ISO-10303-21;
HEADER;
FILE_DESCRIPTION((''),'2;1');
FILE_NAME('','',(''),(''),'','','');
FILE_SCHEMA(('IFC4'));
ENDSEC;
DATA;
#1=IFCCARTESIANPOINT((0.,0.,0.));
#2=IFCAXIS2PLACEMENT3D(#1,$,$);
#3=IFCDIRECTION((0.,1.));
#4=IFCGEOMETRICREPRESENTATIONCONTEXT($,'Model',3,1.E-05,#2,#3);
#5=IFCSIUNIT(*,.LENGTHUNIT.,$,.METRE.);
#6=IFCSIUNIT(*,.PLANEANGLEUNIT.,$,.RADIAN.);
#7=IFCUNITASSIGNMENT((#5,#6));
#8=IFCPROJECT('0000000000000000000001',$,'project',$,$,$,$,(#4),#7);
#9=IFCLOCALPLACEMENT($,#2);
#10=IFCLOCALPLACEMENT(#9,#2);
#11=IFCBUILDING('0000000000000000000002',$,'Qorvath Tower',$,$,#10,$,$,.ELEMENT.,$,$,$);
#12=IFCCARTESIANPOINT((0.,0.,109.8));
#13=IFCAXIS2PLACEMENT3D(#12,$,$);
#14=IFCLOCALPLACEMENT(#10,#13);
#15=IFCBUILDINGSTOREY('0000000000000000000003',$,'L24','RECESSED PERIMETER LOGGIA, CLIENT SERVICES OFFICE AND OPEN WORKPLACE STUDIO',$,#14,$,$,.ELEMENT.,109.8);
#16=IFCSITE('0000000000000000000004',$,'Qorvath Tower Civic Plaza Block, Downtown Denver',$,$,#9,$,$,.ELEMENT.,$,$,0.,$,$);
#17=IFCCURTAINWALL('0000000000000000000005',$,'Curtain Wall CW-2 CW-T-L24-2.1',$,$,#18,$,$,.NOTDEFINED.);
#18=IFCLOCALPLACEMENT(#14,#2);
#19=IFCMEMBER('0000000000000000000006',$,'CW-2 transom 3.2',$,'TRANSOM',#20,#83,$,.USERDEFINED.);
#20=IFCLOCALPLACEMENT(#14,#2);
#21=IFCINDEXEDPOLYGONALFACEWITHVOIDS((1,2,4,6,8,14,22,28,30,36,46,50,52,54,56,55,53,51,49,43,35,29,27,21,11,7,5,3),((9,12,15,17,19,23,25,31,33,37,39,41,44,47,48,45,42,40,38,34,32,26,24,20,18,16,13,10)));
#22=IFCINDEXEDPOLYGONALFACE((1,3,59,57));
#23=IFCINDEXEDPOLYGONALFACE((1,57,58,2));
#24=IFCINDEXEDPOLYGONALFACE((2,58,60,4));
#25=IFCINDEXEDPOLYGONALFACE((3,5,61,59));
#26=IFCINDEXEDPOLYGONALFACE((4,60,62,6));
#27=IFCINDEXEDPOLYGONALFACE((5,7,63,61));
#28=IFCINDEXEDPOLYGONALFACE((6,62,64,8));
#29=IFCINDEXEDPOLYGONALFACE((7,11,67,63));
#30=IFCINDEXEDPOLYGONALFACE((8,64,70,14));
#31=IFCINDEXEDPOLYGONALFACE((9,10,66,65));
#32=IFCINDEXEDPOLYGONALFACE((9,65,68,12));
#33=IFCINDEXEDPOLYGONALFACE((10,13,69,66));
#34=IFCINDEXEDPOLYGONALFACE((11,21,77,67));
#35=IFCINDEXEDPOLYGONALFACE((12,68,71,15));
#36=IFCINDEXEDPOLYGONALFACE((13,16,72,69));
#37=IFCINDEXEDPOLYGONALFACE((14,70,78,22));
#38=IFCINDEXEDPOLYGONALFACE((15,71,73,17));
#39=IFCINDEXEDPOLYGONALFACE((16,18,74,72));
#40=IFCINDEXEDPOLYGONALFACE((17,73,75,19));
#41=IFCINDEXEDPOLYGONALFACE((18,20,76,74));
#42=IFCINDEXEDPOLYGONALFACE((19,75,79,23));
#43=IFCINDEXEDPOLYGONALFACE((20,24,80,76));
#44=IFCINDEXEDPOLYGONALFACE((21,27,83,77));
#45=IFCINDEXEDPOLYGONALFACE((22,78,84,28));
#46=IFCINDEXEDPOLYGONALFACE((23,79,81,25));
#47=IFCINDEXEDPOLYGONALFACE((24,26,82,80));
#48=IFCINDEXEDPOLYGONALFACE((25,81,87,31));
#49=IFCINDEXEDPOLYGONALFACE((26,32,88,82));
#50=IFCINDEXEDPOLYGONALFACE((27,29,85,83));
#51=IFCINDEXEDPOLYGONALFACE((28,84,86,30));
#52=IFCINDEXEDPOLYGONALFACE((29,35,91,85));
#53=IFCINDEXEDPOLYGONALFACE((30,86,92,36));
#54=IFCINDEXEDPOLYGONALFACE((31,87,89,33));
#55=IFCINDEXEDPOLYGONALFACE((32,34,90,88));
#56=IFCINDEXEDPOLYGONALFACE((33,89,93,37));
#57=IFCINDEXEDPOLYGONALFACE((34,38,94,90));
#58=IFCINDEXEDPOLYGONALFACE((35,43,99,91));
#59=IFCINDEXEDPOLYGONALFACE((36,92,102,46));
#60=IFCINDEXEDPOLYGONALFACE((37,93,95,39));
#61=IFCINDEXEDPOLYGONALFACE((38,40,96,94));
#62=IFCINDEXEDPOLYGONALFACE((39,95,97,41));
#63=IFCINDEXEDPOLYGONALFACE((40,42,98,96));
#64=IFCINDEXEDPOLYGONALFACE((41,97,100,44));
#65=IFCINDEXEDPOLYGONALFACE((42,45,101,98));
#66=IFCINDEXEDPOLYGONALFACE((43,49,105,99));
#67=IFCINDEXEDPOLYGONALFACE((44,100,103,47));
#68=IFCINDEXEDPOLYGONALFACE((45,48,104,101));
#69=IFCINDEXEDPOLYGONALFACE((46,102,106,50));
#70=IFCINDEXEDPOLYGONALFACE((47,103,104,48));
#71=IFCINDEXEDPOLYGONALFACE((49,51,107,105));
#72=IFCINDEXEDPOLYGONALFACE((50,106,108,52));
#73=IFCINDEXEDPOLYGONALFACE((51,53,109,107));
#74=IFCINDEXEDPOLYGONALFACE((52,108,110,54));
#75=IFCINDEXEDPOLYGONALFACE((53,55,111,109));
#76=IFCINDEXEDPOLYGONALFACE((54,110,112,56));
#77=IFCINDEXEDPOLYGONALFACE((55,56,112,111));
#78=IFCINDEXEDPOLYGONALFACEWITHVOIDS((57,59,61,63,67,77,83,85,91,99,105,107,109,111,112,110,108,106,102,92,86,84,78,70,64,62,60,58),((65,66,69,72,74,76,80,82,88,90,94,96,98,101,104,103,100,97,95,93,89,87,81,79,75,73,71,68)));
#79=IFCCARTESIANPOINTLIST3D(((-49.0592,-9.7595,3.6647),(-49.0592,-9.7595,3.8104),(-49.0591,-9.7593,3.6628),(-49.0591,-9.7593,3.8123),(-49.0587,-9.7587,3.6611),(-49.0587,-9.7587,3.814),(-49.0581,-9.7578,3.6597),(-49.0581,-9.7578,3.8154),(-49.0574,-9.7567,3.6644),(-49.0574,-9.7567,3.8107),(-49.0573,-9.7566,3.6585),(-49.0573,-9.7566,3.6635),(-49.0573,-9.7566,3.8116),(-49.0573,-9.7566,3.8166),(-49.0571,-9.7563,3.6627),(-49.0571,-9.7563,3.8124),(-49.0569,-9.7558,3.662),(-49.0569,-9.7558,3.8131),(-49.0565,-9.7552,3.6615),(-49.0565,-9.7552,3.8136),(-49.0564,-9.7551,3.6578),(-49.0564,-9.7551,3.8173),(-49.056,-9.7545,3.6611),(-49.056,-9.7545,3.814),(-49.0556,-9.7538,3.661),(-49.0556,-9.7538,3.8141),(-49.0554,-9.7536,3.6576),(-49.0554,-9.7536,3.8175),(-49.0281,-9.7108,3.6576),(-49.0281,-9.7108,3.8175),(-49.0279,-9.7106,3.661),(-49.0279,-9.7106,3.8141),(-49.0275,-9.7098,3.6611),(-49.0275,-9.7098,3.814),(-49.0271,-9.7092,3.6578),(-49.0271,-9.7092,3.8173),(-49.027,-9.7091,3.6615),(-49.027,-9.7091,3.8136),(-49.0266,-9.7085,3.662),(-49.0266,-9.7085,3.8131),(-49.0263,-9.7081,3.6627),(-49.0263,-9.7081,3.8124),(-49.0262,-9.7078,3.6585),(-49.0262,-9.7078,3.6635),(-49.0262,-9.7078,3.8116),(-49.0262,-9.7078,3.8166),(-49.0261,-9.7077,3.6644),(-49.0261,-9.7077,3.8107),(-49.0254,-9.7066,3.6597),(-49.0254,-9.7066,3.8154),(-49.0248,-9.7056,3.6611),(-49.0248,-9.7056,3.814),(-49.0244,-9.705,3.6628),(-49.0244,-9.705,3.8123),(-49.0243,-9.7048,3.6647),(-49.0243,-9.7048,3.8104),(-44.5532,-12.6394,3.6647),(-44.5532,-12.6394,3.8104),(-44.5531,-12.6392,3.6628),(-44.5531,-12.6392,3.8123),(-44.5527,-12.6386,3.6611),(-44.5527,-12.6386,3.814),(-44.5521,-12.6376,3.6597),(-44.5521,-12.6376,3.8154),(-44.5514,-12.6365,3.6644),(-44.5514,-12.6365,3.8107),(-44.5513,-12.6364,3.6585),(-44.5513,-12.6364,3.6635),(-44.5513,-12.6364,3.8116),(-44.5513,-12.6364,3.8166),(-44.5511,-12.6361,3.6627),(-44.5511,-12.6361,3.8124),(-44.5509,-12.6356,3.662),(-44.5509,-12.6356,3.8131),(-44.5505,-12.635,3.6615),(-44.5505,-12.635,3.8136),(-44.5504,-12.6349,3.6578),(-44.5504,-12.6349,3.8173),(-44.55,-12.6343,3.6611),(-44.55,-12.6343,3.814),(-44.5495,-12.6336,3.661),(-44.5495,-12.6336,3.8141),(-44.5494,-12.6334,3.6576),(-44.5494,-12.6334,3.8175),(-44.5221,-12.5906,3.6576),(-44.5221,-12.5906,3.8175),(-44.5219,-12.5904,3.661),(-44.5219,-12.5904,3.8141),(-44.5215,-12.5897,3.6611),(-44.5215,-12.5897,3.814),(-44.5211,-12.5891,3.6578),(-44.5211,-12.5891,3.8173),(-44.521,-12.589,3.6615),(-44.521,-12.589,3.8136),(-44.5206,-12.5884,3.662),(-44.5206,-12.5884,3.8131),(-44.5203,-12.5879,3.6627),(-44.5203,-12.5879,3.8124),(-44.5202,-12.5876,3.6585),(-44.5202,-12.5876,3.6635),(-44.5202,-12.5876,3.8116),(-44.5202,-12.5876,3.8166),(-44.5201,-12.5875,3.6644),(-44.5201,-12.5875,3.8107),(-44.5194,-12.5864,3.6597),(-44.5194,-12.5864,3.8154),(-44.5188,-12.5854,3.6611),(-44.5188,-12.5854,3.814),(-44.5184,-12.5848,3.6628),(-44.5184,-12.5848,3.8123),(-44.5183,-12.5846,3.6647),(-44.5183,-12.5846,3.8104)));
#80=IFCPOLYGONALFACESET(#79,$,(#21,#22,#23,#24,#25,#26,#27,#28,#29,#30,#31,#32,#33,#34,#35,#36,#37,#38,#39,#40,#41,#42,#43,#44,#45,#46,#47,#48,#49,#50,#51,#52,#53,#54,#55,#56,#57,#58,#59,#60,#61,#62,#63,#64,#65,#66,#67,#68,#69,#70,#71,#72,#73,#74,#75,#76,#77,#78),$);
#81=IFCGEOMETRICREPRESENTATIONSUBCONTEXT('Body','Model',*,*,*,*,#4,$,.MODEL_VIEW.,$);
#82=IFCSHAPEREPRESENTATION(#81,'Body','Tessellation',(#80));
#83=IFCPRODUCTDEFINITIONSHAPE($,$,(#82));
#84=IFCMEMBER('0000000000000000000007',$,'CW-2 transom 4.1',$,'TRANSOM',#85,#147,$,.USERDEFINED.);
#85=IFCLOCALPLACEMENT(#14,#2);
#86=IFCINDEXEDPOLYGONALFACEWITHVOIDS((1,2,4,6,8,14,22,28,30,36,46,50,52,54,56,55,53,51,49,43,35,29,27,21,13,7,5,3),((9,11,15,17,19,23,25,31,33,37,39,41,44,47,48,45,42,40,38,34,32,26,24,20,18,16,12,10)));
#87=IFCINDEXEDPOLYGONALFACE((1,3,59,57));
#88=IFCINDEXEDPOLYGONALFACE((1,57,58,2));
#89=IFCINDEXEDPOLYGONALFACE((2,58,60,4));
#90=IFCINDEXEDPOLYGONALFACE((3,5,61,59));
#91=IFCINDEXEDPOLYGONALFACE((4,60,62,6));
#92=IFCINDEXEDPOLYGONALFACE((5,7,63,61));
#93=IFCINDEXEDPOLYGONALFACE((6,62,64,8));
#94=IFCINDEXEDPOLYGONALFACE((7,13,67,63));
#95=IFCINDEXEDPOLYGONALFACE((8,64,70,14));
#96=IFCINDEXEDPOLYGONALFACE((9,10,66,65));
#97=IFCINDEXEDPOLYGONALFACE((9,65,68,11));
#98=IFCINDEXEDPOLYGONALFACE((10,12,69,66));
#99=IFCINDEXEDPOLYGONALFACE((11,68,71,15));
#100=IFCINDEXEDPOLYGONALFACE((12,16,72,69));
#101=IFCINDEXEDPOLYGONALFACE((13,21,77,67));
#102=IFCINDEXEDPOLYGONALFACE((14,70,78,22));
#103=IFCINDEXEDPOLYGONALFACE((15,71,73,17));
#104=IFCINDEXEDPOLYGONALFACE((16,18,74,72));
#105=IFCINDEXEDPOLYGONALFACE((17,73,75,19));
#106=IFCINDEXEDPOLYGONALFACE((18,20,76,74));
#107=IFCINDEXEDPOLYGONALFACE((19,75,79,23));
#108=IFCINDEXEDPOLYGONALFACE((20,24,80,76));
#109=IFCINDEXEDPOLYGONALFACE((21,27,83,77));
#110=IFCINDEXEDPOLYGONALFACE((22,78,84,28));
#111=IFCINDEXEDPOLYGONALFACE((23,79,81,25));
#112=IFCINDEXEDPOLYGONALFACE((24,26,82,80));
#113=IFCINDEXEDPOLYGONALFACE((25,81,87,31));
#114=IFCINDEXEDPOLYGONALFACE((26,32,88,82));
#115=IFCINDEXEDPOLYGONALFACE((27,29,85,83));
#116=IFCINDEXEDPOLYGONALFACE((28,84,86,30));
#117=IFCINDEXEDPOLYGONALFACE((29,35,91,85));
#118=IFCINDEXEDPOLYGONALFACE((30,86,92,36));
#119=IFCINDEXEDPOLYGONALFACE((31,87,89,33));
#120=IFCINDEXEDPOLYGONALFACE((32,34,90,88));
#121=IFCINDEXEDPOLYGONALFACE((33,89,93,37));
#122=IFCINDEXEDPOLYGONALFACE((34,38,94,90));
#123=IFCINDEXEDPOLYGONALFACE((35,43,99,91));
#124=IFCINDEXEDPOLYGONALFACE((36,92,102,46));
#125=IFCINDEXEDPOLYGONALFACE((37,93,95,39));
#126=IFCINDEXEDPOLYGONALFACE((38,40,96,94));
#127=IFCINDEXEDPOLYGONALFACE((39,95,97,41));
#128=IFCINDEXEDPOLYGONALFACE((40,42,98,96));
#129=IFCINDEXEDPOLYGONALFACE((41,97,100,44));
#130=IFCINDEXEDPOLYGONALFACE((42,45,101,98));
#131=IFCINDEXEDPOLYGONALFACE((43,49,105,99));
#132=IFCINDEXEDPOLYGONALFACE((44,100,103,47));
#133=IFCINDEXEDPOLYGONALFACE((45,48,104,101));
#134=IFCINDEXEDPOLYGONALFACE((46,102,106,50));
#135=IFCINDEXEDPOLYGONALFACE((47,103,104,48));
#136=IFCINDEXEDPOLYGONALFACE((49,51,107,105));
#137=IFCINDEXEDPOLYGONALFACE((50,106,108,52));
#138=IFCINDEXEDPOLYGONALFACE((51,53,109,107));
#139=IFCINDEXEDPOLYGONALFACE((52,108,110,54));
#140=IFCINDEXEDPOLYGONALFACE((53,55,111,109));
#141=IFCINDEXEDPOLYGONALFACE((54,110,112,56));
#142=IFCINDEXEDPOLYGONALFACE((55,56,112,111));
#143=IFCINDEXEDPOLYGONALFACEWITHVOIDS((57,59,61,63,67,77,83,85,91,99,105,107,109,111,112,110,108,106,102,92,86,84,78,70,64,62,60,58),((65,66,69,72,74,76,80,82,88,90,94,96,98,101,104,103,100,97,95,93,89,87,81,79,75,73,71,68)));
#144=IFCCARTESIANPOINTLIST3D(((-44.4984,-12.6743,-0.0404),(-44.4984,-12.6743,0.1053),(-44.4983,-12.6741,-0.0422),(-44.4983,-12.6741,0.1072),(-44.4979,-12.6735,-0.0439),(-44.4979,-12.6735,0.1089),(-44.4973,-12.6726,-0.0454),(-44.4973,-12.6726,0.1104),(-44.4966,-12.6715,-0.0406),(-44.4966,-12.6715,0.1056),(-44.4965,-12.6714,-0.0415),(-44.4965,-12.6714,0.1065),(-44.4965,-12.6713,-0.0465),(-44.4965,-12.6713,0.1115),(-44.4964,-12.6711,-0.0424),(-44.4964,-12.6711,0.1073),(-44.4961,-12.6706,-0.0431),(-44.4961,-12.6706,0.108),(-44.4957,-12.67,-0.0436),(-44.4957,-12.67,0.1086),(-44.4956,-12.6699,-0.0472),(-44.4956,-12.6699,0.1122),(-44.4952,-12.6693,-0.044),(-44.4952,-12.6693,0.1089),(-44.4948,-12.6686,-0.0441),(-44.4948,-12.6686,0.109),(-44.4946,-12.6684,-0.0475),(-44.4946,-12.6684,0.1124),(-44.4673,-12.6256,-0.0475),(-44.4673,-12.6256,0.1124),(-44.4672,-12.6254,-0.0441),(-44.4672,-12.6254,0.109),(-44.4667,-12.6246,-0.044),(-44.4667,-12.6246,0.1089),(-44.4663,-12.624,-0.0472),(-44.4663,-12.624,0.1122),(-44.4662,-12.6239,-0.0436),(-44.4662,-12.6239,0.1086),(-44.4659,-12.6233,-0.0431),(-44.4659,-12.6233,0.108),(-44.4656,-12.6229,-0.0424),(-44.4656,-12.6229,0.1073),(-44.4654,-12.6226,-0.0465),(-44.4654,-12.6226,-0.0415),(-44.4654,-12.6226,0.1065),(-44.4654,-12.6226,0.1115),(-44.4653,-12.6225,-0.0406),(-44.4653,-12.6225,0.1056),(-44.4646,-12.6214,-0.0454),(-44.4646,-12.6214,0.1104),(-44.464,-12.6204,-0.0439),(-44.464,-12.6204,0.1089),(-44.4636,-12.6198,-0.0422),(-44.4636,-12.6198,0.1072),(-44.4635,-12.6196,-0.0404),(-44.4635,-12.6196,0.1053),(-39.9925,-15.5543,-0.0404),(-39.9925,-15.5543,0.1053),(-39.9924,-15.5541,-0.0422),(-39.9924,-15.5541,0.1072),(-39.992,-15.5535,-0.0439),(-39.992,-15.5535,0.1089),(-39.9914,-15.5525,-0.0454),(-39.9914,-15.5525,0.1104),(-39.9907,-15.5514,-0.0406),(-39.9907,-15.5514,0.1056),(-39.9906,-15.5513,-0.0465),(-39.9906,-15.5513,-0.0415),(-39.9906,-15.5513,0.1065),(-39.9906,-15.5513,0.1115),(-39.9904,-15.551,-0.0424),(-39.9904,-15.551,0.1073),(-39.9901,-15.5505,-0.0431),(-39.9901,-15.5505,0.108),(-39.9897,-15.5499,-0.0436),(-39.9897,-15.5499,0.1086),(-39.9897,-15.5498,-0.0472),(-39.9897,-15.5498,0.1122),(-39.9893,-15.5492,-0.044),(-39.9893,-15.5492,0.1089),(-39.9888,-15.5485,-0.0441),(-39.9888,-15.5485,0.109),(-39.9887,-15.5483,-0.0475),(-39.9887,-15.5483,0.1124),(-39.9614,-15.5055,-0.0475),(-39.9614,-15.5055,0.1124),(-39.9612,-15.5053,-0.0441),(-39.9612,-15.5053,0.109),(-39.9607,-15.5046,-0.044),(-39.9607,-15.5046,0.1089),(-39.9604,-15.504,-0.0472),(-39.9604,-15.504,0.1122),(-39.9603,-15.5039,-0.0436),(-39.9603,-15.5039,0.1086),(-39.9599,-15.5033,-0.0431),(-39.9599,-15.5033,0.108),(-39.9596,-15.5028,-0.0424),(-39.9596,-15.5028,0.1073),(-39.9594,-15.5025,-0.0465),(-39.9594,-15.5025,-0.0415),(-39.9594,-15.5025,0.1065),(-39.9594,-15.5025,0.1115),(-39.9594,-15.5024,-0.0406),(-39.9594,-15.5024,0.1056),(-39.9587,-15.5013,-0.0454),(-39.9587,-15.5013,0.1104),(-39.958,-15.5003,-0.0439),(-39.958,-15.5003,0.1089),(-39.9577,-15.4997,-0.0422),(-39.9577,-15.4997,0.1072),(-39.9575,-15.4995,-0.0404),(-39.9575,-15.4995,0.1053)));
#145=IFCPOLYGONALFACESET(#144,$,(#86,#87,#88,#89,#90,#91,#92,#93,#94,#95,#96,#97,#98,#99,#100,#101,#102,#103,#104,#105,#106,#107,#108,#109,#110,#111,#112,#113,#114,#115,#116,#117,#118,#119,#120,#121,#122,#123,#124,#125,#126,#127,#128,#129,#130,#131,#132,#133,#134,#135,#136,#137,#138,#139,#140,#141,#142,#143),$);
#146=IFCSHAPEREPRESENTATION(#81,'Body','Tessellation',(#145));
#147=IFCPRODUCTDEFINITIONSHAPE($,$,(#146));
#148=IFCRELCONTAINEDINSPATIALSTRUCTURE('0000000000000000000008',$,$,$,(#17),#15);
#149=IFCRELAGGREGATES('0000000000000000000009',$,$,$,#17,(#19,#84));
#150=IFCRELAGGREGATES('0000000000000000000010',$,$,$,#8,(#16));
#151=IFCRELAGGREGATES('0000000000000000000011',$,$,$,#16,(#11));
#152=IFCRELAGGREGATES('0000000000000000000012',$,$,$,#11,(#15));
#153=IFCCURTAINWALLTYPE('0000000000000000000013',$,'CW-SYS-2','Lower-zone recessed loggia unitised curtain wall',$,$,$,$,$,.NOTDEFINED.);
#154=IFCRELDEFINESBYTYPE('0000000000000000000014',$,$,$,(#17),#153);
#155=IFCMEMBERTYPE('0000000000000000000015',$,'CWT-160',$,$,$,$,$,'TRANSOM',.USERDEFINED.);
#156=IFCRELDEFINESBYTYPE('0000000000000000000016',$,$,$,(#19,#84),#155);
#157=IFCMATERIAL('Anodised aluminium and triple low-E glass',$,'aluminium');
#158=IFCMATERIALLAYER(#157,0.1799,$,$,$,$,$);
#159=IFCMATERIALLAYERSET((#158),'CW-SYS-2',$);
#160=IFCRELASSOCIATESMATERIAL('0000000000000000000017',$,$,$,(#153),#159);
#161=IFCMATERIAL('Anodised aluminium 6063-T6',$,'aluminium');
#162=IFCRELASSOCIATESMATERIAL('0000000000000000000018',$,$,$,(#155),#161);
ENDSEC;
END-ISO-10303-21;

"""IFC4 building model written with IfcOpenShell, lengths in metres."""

from ifc_helpers import new_model, si_unit, direction, frame, origin, origin_2d, place, context, subcontext, project, spatial, hollow_rectangle, extrude, material, layer, layer_set, material_profile, profile_set, type_object, element, aggregate, save


model = new_model("IFC4")

# Units and contexts
model_context = context("Model", 3, precision=1e-05, world=origin(), true_north=direction((0.0, 1.0)))
body_context = subcontext(model_context, "Body", "Model", "MODEL_VIEW")
ifc_project = project(units=[si_unit("LENGTHUNIT", "METRE"), si_unit("PLANEANGLEUNIT", "RADIAN")], contexts=[model_context])

# Site, building, storey
site_placement = place(None, origin())
site = spatial("IfcSite", under=ifc_project, at=site_placement, Name="Qorvath Tower Civic Plaza Block, Downtown Denver", CompositionType="ELEMENT", RefElevation=0.0)
building_placement = place(site_placement, origin())
building = spatial("IfcBuilding", under=site, at=building_placement, Name="Qorvath Tower", CompositionType="ELEMENT")
storey_placement = place(building_placement, frame((0.0, 0.0, 109.8)))
storey = spatial("IfcBuildingStorey", under=building, at=storey_placement, Name="L24", Description="RECESSED PERIMETER LOGGIA, CLIENT SERVICES OFFICE AND OPEN WORKPLACE STUDIO", CompositionType="ELEMENT", Elevation=109.8)

# Curtain wall, members
ifc_material_1 = material(Name="Anodised aluminium and triple low-E glass", Category="aluminium")
ifc_layer_1 = layer(ifc_material_1, 0.1799)
ifc_layer_set_1 = layer_set([ifc_layer_1], Name="CW-SYS-2")
curtain_wall_type = type_object("IfcCurtainWallType", Name="CW-SYS-2", Description="Lower-zone recessed loggia unitised curtain wall", PredefinedType="NOTDEFINED", material=ifc_layer_set_1)
curtain_wall_placement = place(storey_placement, origin())
curtain_wall = element("IfcCurtainWall", 1, at=curtain_wall_placement, inside=storey, type_object=curtain_wall_type, Name="Curtain Wall CW-2 CW-T-L24-2.1", PredefinedType="NOTDEFINED")
ifc_material_2 = material(Name="Anodised aluminium 6063-T6", Category="aluminium")
ifc_material_profile_1 = material_profile(ifc_material_2, hollow_rectangle(XDim=0.0649, YDim=0.1599, WallThickness=0.0034, InnerFilletRadius=0.0034, OuterFilletRadius=0.0071, at=origin_2d()), Name="CWT 160x65")
ifc_profile_set_1 = profile_set([ifc_material_profile_1], Name="Anodised aluminium 6063-T6")
member_type_1 = type_object("IfcMemberType", Name="CWT-160", ElementType="TRANSOM", PredefinedType="USERDEFINED", material=ifc_profile_set_1)
member_1_placement = place(storey_placement, frame((-49.0417, -9.7322, 3.7375), z_axis=(0.842613, -0.53852, 0.0), x_axis=(0.53852, 0.842613, 0.0)))
member_1 = element("IfcMember", 2, at=member_1_placement, type_object=member_type_1, Name="CW-2 transom 3.2", ObjectType="TRANSOM", PredefinedType="USERDEFINED", context=body_context, shape_type="SweptSolid", body=[
    extrude(hollow_rectangle(XDim=0.0649, YDim=0.1599, WallThickness=0.0034, InnerFilletRadius=0.0034, OuterFilletRadius=0.0071, at=origin_2d()), origin(), (0.0, 0.0, 1.0), 5.3477),
])
member_2_placement = place(storey_placement, frame((-44.481, -12.647, 0.0325), z_axis=(0.8426, -0.538541, 0.0), x_axis=(0.538541, 0.8426, 0.0)))
member_2 = element("IfcMember", 3, at=member_2_placement, type_object=member_type_1, Name="CW-2 transom 4.1", ObjectType="TRANSOM", PredefinedType="USERDEFINED", context=body_context, shape_type="SweptSolid", body=[
    extrude(hollow_rectangle(XDim=0.0649, YDim=0.1599, WallThickness=0.0034, InnerFilletRadius=0.0034, OuterFilletRadius=0.0071, at=origin_2d()), origin(), (0.0, 0.0, 1.0), 5.3477),
])
aggregate(curtain_wall, [member_1, member_2])

save(model, "model.ifc")
